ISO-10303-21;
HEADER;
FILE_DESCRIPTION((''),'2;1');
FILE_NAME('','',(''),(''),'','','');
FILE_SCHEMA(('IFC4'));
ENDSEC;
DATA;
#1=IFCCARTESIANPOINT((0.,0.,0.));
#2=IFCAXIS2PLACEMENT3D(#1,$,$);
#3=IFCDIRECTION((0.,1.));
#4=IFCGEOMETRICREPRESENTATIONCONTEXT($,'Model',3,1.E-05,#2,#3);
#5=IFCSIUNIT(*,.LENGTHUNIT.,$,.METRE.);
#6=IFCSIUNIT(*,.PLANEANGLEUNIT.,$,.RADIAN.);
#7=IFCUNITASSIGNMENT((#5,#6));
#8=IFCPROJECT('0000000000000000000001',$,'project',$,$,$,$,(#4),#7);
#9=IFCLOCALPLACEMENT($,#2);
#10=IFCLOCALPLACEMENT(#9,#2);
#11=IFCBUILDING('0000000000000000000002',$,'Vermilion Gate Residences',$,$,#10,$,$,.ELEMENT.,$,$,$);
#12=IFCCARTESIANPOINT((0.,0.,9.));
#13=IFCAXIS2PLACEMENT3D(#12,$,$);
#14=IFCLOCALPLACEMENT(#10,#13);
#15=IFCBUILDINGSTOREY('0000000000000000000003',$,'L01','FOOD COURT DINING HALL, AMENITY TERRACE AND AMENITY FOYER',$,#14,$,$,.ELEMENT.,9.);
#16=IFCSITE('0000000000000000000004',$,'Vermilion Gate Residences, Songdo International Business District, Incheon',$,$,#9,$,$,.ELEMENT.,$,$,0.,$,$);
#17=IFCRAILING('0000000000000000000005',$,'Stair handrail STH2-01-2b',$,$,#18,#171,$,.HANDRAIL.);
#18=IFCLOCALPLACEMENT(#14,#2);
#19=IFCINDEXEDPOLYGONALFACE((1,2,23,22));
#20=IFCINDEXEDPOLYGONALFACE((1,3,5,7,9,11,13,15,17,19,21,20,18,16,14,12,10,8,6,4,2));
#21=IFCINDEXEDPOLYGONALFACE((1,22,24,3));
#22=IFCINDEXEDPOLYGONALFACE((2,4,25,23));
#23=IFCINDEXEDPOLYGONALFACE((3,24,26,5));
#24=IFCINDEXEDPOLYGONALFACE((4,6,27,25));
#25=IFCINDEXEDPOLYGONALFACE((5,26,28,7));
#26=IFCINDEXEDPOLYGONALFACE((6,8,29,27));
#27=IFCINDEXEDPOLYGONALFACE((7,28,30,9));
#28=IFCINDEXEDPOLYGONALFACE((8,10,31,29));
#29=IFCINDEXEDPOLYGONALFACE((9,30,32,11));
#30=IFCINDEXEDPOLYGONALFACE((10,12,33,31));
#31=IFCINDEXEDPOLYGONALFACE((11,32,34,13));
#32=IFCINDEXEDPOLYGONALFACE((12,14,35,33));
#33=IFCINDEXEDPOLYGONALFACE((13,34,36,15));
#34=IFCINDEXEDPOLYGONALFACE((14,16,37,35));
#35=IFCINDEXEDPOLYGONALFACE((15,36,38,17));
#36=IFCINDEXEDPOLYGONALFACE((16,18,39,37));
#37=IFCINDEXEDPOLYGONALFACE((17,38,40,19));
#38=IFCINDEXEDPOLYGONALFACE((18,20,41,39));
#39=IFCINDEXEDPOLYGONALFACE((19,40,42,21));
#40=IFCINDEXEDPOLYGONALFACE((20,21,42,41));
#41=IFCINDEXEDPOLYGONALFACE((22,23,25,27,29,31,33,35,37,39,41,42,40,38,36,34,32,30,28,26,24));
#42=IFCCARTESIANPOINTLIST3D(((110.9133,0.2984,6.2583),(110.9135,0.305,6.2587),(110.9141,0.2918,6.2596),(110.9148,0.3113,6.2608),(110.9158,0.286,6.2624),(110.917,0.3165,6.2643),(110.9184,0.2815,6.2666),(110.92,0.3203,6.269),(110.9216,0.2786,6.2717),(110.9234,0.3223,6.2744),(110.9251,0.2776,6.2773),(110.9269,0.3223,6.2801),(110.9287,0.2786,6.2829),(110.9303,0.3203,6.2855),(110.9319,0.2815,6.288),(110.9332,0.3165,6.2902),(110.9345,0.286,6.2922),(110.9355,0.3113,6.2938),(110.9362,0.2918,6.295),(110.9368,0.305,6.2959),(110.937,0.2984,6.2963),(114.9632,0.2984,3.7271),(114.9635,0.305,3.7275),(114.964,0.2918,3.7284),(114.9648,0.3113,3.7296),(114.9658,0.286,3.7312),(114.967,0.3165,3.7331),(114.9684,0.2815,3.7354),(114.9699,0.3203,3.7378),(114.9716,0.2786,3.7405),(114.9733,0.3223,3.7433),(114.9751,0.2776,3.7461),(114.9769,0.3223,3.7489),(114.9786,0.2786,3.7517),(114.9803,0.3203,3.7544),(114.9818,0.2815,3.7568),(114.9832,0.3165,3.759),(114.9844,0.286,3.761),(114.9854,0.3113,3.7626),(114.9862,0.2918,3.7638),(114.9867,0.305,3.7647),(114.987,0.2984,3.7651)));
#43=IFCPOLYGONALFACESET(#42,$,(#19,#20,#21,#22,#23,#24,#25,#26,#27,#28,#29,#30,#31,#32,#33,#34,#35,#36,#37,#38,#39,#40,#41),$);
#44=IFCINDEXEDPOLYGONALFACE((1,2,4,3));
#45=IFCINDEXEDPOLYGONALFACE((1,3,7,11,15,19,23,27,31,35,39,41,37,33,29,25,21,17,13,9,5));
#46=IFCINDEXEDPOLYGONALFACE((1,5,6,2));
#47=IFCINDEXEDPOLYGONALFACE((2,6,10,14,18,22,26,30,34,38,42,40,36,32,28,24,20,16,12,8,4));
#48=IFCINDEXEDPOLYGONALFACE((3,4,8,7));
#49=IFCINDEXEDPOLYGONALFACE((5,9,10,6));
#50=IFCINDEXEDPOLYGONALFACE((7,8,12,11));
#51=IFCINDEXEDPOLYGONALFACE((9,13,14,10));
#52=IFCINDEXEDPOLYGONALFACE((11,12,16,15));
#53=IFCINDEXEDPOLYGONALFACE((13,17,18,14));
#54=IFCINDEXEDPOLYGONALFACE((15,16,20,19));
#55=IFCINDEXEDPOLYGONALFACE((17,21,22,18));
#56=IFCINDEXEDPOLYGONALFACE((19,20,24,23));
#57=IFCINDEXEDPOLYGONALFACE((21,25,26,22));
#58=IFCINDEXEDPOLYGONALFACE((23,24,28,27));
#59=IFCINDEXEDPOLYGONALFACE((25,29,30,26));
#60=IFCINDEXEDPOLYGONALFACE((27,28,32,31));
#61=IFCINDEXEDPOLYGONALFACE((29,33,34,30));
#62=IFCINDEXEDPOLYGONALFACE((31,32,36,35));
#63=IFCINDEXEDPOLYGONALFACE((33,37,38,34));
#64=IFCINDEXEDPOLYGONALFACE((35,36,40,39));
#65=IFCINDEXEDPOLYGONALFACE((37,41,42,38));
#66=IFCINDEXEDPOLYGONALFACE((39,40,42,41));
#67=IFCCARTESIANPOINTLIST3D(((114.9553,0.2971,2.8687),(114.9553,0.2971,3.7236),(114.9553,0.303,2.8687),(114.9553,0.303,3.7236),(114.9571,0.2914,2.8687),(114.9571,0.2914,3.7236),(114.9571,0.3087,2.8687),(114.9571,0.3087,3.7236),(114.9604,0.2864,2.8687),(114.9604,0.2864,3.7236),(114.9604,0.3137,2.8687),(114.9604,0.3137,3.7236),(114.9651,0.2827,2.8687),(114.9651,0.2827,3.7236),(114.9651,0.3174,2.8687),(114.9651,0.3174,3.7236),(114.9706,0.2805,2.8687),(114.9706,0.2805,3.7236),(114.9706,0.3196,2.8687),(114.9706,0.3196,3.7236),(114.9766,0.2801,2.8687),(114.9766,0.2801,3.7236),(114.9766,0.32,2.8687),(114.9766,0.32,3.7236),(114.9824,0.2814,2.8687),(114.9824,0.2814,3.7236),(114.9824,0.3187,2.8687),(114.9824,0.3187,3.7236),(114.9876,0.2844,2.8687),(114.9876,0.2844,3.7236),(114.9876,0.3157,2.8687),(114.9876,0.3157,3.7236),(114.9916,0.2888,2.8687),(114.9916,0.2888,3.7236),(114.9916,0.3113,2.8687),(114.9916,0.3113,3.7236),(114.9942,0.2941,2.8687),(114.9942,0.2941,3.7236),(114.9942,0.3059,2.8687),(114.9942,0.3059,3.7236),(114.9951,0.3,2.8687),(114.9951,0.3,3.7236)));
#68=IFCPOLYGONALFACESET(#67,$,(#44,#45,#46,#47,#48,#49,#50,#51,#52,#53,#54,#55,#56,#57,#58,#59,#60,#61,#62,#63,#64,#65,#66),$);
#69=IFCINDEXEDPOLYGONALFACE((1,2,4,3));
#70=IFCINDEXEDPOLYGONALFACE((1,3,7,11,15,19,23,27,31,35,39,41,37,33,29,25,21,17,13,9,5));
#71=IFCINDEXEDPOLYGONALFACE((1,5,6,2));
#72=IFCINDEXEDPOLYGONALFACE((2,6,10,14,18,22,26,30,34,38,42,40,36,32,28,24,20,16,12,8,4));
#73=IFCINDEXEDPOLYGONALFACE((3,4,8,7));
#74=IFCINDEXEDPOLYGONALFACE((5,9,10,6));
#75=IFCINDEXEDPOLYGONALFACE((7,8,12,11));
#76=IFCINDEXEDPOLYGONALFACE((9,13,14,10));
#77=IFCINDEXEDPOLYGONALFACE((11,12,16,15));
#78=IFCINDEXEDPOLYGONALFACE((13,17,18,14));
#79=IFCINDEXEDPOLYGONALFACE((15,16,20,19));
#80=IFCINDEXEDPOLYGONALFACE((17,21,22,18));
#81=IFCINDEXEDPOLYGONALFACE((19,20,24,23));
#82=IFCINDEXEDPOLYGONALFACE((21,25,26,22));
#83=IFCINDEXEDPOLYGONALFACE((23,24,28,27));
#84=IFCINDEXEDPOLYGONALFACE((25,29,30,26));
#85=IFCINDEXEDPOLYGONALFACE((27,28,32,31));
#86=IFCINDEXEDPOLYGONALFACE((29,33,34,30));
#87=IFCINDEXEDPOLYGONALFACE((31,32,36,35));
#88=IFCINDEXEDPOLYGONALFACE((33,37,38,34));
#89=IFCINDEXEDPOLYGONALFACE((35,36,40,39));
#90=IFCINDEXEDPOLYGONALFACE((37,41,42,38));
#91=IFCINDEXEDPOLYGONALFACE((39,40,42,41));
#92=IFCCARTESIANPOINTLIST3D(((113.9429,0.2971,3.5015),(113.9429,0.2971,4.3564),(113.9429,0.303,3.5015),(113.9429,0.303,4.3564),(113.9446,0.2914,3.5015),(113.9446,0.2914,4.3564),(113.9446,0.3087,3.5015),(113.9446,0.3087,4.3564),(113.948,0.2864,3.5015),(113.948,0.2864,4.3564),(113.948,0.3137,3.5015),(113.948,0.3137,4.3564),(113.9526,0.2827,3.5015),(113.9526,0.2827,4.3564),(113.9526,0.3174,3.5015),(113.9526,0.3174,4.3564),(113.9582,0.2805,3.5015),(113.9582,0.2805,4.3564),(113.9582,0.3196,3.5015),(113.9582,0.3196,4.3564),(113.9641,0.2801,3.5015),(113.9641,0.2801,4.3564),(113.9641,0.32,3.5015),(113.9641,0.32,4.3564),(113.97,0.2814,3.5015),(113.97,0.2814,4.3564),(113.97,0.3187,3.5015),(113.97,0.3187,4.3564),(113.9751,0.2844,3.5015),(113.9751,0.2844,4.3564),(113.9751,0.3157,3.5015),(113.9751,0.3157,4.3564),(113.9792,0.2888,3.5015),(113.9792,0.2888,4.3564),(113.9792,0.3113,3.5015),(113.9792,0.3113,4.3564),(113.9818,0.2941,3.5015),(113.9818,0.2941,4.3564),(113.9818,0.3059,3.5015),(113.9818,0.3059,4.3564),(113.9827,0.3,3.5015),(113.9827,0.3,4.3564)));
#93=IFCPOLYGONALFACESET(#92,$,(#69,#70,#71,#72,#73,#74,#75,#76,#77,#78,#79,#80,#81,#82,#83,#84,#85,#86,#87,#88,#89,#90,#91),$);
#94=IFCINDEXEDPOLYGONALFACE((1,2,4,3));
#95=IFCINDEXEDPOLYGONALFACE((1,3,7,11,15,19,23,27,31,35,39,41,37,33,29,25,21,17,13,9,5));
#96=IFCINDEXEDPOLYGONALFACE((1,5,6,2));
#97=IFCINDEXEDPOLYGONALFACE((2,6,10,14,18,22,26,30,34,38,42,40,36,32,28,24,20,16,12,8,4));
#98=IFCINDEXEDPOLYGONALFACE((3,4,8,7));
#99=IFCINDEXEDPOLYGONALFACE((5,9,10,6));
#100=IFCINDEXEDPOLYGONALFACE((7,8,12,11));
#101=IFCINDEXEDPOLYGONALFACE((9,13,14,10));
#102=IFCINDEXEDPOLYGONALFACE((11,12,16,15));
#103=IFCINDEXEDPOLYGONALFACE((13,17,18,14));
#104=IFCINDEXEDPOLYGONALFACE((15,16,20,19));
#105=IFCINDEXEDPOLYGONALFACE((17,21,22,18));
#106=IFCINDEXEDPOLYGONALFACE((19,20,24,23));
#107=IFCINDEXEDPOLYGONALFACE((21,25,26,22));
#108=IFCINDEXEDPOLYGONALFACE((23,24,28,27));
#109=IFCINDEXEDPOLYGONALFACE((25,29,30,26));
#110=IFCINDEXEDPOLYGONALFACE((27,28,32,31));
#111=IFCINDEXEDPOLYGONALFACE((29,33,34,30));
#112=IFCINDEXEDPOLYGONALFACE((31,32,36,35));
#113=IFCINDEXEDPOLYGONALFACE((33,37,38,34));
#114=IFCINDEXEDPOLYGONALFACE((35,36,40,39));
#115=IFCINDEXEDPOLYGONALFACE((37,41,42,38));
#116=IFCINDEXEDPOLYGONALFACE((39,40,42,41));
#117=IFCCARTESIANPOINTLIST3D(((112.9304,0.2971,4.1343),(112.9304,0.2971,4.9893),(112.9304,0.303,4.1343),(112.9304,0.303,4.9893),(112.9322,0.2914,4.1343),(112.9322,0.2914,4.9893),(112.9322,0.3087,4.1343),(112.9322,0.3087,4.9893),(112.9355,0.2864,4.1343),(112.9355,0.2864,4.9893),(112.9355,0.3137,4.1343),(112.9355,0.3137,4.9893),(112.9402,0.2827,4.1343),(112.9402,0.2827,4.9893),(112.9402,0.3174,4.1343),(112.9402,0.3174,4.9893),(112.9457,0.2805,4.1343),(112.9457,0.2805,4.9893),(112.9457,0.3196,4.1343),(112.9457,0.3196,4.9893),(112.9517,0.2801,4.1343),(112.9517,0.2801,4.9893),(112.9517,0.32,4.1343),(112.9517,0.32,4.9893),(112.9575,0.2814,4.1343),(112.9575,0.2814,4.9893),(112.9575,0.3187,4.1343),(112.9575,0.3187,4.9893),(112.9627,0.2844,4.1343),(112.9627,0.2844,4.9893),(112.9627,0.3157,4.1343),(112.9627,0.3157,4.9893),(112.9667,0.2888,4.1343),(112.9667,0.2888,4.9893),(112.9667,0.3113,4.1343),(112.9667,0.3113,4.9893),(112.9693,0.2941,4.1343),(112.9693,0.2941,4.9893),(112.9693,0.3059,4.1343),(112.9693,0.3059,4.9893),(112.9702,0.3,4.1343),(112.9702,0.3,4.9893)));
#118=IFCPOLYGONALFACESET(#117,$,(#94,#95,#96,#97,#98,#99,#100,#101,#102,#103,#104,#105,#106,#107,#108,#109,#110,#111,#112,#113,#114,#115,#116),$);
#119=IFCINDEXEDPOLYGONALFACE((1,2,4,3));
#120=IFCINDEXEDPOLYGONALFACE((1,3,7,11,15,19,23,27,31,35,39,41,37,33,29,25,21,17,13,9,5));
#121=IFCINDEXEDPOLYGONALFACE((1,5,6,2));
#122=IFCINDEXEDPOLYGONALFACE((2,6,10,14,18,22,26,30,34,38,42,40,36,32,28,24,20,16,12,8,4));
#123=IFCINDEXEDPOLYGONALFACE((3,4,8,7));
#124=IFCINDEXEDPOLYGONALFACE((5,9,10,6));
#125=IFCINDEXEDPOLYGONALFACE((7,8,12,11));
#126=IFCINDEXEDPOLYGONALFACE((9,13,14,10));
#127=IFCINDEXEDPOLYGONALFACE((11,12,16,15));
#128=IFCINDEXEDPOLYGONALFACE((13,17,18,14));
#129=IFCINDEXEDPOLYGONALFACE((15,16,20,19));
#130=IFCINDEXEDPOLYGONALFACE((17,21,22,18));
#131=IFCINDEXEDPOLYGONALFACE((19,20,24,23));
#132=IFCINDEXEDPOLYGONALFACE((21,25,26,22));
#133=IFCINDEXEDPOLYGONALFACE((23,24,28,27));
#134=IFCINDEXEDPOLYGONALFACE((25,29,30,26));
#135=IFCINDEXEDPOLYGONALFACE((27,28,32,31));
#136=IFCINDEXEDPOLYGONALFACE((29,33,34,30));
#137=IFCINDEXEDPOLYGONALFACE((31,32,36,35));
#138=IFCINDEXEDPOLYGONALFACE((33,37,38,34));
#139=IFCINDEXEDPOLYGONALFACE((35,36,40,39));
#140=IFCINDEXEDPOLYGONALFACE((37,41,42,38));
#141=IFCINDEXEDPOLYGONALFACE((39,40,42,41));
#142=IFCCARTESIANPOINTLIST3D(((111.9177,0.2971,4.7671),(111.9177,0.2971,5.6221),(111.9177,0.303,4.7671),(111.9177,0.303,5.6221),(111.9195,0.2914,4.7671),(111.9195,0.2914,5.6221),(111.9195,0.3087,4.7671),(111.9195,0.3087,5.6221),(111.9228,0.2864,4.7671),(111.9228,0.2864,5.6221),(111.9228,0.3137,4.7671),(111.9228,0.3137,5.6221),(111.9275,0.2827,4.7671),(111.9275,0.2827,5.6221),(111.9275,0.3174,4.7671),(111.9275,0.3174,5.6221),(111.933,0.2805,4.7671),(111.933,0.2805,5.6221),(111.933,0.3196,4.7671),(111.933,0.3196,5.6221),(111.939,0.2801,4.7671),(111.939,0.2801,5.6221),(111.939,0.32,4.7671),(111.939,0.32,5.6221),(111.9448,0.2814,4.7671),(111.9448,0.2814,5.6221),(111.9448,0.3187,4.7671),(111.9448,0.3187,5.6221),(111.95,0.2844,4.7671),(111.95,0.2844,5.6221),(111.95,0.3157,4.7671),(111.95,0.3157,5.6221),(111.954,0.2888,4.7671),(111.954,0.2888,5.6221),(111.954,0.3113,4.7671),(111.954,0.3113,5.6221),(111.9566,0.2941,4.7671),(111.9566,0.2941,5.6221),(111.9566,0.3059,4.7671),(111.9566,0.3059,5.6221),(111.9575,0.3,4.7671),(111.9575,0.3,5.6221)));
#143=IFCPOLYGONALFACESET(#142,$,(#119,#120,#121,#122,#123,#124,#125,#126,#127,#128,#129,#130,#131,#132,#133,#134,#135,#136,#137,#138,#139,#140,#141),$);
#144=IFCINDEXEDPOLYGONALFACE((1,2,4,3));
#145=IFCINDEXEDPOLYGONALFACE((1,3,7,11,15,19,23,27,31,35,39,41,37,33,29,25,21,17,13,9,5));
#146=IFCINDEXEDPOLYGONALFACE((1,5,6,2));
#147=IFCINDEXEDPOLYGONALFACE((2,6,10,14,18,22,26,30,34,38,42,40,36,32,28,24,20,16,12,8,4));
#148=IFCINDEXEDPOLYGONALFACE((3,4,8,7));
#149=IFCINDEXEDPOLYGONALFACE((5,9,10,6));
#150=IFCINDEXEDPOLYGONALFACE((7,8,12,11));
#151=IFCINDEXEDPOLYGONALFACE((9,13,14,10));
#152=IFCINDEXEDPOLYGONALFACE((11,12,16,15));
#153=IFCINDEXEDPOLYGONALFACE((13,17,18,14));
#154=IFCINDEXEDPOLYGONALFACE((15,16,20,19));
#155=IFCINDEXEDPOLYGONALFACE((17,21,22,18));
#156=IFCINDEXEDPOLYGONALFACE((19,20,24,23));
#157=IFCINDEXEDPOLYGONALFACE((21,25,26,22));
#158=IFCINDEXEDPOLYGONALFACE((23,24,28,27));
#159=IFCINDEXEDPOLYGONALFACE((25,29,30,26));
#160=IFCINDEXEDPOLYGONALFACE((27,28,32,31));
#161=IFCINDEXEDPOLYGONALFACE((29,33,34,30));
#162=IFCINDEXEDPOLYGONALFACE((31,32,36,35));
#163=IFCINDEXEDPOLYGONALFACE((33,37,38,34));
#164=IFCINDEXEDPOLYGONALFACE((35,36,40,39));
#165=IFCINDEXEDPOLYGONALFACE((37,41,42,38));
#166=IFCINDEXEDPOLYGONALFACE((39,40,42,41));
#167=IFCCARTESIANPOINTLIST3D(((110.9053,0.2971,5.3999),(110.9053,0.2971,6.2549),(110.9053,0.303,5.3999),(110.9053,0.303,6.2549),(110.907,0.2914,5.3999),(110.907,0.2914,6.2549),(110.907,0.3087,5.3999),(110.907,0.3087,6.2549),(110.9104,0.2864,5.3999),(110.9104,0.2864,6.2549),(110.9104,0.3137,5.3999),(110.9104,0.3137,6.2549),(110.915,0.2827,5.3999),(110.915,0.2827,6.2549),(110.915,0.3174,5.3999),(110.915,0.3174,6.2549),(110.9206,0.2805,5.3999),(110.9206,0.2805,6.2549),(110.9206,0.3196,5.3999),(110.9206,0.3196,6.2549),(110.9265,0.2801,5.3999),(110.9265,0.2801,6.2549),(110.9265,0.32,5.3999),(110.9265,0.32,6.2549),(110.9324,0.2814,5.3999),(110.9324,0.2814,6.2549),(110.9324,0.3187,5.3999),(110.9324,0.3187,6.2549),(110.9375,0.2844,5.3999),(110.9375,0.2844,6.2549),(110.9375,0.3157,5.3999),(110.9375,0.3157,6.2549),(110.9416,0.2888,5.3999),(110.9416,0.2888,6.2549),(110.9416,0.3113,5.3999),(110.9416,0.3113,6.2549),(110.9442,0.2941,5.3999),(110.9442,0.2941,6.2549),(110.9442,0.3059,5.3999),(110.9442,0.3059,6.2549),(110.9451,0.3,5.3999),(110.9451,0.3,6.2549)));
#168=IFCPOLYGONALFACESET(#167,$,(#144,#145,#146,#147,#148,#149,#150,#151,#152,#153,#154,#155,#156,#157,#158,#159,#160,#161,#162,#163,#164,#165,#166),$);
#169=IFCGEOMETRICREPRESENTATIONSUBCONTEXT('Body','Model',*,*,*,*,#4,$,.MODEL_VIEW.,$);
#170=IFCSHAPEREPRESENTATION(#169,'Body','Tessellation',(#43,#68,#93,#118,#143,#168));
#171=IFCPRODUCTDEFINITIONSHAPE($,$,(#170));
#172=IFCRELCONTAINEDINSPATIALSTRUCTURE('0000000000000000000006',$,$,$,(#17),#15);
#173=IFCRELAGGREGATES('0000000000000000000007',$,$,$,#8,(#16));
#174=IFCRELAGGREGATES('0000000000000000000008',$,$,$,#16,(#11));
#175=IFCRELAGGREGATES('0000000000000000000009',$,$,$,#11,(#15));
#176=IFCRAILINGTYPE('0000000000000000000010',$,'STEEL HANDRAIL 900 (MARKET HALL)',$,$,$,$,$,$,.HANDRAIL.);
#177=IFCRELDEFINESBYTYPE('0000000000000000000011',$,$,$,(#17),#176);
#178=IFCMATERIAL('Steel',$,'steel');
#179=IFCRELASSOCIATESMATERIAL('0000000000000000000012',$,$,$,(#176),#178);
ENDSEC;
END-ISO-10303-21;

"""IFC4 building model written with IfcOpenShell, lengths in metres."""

from ifc_helpers import new_model, si_unit, direction, frame, origin, origin_2d, place, context, subcontext, project, spatial, circle, extrude, material, type_object, element, save


model = new_model("IFC4")

# Units and contexts
model_context = context("Model", 3, precision=1e-05, world=origin(), true_north=direction((0.0, 1.0)))
body_context = subcontext(model_context, "Body", "Model", "MODEL_VIEW")
ifc_project = project(units=[si_unit("LENGTHUNIT", "METRE"), si_unit("PLANEANGLEUNIT", "RADIAN")], contexts=[model_context])

# Site, building, storey
site_placement = place(None, origin())
site = spatial("IfcSite", under=ifc_project, at=site_placement, Name="Vermilion Gate Residences, Songdo International Business District, Incheon", CompositionType="ELEMENT", RefElevation=0.0)
building_placement = place(site_placement, origin())
building = spatial("IfcBuilding", under=site, at=building_placement, Name="Vermilion Gate Residences", CompositionType="ELEMENT")
storey_placement = place(building_placement, frame((0.0, 0.0, 9.0)))
storey = spatial("IfcBuildingStorey", under=building, at=storey_placement, Name="L01", Description="FOOD COURT DINING HALL, AMENITY TERRACE AND AMENITY FOYER", CompositionType="ELEMENT", Elevation=9.0)

# Railing
ifc_material_1 = material(Name="Steel", Category="steel")
railing_type_1 = type_object("IfcRailingType", Name="STEEL HANDRAIL 900 (MARKET HALL)", PredefinedType="HANDRAIL", material=ifc_material_1)
for number, where, name in (
    (1, (114.9751, 0.3, 2.8687), "Stair handrail STH2-01-2b"),
):
    element("IfcRailing", number, at=place(storey_placement, frame(where)), inside=storey, type_object=railing_type_1, Name=name, PredefinedType="HANDRAIL", context=body_context, shape_type="SweptSolid", body=[
        extrude(circle(Radius=0.0225, at=origin_2d()), frame((0.0, 0.0, 0.8774), z_axis=(-0.848001, 0.0, 0.529994), x_axis=(0.0, -1.0, 0.0)), (0.0, 0.0, 1.0), 4.7759),
        extrude(circle(Radius=0.02, at=origin_2d()), origin(), (0.0, 0.0, 1.0), 0.855),
        extrude(circle(Radius=0.02, at=origin_2d()), frame((-1.0125, 0.0, 0.6328)), (0.0, 0.0, 1.0), 0.855),
        extrude(circle(Radius=0.02, at=origin_2d()), frame((-2.0249, 0.0, 1.2656)), (0.0, 0.0, 1.0), 0.855),
        extrude(circle(Radius=0.02, at=origin_2d()), frame((-3.0376, 0.0, 1.8984)), (0.0, 0.0, 1.0), 0.855),
        extrude(circle(Radius=0.02, at=origin_2d()), frame((-4.05, 0.0, 2.5312)), (0.0, 0.0, 1.0), 0.855),
    ])

save(model, "model.ifc")
